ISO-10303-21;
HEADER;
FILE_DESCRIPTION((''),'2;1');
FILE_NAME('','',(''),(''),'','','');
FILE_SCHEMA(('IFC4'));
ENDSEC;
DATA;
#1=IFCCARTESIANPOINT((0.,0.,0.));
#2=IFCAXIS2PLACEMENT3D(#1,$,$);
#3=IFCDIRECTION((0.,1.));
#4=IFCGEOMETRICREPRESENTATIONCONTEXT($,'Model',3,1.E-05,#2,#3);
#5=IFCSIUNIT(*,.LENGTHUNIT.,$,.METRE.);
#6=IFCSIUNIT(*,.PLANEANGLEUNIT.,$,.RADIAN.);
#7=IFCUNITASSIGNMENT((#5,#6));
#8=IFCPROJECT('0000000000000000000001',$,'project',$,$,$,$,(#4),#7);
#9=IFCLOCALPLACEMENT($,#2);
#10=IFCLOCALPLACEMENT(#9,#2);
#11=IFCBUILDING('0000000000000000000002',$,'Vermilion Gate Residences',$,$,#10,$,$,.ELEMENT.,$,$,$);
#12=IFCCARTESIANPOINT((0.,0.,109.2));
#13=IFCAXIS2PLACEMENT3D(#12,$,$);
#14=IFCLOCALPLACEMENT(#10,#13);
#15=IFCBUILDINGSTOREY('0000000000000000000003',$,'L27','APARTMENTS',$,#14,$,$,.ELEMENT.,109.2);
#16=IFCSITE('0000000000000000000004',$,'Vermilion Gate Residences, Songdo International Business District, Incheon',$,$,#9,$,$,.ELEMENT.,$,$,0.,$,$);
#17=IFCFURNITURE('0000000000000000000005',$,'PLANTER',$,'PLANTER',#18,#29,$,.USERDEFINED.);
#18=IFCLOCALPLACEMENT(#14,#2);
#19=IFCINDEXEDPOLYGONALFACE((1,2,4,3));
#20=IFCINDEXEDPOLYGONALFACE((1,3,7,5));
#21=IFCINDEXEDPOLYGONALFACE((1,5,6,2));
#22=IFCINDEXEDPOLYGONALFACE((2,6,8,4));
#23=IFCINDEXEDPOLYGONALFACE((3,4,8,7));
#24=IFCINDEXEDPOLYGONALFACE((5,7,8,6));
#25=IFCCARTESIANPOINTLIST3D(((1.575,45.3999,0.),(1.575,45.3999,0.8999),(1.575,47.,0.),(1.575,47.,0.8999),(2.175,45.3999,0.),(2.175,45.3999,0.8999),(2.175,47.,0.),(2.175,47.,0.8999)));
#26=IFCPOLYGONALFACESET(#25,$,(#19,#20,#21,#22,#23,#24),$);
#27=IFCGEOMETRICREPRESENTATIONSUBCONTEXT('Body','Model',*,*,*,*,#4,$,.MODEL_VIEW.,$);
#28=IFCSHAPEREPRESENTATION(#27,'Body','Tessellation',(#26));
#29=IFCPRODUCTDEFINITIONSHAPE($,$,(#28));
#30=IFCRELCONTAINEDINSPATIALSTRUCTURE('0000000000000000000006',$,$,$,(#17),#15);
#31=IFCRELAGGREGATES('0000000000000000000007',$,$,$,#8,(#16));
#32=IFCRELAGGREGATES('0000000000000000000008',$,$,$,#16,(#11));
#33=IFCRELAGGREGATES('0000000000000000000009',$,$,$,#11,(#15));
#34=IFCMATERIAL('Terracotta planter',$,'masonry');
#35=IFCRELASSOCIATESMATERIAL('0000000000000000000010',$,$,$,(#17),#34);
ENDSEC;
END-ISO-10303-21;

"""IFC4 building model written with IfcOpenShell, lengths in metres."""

from ifc_helpers import new_model, si_unit, direction, frame, origin, origin_2d, place, context, subcontext, project, spatial, rectangle, extrude, material, element, save


model = new_model("IFC4")

# Units and contexts
model_context = context("Model", 3, precision=1e-05, world=origin(), true_north=direction((0.0, 1.0)))
body_context = subcontext(model_context, "Body", "Model", "MODEL_VIEW")
ifc_project = project(units=[si_unit("LENGTHUNIT", "METRE"), si_unit("PLANEANGLEUNIT", "RADIAN")], contexts=[model_context])

# Site, building, storey
site_placement = place(None, origin())
site = spatial("IfcSite", under=ifc_project, at=site_placement, Name="Vermilion Gate Residences, Songdo International Business District, Incheon", CompositionType="ELEMENT", RefElevation=0.0)
building_placement = place(site_placement, origin())
building = spatial("IfcBuilding", under=site, at=building_placement, Name="Vermilion Gate Residences", CompositionType="ELEMENT")
storey_placement = place(building_placement, frame((0.0, 0.0, 109.2)))
storey = spatial("IfcBuildingStorey", under=building, at=storey_placement, Name="L27", Description="APARTMENTS", CompositionType="ELEMENT", Elevation=109.2)

# Furniture
ifc_material_1 = material(Name="Terracotta planter", Category="masonry")
furniture_placement = place(storey_placement, frame((1.875, 46.2, 0.0), z_axis=(0.0, 0.0, 1.0), x_axis=(0.0, -1.0, 0.0)))
element("IfcFurniture", 1, at=furniture_placement, inside=storey, material=ifc_material_1, Name="PLANTER", ObjectType="PLANTER", PredefinedType="USERDEFINED", context=body_context, shape_type="SweptSolid", body=[
    extrude(rectangle(XDim=1.6001, YDim=0.6001, at=origin_2d()), origin(), (0.0, 0.0, 1.0), 0.8999),
])

save(model, "model.ifc")
